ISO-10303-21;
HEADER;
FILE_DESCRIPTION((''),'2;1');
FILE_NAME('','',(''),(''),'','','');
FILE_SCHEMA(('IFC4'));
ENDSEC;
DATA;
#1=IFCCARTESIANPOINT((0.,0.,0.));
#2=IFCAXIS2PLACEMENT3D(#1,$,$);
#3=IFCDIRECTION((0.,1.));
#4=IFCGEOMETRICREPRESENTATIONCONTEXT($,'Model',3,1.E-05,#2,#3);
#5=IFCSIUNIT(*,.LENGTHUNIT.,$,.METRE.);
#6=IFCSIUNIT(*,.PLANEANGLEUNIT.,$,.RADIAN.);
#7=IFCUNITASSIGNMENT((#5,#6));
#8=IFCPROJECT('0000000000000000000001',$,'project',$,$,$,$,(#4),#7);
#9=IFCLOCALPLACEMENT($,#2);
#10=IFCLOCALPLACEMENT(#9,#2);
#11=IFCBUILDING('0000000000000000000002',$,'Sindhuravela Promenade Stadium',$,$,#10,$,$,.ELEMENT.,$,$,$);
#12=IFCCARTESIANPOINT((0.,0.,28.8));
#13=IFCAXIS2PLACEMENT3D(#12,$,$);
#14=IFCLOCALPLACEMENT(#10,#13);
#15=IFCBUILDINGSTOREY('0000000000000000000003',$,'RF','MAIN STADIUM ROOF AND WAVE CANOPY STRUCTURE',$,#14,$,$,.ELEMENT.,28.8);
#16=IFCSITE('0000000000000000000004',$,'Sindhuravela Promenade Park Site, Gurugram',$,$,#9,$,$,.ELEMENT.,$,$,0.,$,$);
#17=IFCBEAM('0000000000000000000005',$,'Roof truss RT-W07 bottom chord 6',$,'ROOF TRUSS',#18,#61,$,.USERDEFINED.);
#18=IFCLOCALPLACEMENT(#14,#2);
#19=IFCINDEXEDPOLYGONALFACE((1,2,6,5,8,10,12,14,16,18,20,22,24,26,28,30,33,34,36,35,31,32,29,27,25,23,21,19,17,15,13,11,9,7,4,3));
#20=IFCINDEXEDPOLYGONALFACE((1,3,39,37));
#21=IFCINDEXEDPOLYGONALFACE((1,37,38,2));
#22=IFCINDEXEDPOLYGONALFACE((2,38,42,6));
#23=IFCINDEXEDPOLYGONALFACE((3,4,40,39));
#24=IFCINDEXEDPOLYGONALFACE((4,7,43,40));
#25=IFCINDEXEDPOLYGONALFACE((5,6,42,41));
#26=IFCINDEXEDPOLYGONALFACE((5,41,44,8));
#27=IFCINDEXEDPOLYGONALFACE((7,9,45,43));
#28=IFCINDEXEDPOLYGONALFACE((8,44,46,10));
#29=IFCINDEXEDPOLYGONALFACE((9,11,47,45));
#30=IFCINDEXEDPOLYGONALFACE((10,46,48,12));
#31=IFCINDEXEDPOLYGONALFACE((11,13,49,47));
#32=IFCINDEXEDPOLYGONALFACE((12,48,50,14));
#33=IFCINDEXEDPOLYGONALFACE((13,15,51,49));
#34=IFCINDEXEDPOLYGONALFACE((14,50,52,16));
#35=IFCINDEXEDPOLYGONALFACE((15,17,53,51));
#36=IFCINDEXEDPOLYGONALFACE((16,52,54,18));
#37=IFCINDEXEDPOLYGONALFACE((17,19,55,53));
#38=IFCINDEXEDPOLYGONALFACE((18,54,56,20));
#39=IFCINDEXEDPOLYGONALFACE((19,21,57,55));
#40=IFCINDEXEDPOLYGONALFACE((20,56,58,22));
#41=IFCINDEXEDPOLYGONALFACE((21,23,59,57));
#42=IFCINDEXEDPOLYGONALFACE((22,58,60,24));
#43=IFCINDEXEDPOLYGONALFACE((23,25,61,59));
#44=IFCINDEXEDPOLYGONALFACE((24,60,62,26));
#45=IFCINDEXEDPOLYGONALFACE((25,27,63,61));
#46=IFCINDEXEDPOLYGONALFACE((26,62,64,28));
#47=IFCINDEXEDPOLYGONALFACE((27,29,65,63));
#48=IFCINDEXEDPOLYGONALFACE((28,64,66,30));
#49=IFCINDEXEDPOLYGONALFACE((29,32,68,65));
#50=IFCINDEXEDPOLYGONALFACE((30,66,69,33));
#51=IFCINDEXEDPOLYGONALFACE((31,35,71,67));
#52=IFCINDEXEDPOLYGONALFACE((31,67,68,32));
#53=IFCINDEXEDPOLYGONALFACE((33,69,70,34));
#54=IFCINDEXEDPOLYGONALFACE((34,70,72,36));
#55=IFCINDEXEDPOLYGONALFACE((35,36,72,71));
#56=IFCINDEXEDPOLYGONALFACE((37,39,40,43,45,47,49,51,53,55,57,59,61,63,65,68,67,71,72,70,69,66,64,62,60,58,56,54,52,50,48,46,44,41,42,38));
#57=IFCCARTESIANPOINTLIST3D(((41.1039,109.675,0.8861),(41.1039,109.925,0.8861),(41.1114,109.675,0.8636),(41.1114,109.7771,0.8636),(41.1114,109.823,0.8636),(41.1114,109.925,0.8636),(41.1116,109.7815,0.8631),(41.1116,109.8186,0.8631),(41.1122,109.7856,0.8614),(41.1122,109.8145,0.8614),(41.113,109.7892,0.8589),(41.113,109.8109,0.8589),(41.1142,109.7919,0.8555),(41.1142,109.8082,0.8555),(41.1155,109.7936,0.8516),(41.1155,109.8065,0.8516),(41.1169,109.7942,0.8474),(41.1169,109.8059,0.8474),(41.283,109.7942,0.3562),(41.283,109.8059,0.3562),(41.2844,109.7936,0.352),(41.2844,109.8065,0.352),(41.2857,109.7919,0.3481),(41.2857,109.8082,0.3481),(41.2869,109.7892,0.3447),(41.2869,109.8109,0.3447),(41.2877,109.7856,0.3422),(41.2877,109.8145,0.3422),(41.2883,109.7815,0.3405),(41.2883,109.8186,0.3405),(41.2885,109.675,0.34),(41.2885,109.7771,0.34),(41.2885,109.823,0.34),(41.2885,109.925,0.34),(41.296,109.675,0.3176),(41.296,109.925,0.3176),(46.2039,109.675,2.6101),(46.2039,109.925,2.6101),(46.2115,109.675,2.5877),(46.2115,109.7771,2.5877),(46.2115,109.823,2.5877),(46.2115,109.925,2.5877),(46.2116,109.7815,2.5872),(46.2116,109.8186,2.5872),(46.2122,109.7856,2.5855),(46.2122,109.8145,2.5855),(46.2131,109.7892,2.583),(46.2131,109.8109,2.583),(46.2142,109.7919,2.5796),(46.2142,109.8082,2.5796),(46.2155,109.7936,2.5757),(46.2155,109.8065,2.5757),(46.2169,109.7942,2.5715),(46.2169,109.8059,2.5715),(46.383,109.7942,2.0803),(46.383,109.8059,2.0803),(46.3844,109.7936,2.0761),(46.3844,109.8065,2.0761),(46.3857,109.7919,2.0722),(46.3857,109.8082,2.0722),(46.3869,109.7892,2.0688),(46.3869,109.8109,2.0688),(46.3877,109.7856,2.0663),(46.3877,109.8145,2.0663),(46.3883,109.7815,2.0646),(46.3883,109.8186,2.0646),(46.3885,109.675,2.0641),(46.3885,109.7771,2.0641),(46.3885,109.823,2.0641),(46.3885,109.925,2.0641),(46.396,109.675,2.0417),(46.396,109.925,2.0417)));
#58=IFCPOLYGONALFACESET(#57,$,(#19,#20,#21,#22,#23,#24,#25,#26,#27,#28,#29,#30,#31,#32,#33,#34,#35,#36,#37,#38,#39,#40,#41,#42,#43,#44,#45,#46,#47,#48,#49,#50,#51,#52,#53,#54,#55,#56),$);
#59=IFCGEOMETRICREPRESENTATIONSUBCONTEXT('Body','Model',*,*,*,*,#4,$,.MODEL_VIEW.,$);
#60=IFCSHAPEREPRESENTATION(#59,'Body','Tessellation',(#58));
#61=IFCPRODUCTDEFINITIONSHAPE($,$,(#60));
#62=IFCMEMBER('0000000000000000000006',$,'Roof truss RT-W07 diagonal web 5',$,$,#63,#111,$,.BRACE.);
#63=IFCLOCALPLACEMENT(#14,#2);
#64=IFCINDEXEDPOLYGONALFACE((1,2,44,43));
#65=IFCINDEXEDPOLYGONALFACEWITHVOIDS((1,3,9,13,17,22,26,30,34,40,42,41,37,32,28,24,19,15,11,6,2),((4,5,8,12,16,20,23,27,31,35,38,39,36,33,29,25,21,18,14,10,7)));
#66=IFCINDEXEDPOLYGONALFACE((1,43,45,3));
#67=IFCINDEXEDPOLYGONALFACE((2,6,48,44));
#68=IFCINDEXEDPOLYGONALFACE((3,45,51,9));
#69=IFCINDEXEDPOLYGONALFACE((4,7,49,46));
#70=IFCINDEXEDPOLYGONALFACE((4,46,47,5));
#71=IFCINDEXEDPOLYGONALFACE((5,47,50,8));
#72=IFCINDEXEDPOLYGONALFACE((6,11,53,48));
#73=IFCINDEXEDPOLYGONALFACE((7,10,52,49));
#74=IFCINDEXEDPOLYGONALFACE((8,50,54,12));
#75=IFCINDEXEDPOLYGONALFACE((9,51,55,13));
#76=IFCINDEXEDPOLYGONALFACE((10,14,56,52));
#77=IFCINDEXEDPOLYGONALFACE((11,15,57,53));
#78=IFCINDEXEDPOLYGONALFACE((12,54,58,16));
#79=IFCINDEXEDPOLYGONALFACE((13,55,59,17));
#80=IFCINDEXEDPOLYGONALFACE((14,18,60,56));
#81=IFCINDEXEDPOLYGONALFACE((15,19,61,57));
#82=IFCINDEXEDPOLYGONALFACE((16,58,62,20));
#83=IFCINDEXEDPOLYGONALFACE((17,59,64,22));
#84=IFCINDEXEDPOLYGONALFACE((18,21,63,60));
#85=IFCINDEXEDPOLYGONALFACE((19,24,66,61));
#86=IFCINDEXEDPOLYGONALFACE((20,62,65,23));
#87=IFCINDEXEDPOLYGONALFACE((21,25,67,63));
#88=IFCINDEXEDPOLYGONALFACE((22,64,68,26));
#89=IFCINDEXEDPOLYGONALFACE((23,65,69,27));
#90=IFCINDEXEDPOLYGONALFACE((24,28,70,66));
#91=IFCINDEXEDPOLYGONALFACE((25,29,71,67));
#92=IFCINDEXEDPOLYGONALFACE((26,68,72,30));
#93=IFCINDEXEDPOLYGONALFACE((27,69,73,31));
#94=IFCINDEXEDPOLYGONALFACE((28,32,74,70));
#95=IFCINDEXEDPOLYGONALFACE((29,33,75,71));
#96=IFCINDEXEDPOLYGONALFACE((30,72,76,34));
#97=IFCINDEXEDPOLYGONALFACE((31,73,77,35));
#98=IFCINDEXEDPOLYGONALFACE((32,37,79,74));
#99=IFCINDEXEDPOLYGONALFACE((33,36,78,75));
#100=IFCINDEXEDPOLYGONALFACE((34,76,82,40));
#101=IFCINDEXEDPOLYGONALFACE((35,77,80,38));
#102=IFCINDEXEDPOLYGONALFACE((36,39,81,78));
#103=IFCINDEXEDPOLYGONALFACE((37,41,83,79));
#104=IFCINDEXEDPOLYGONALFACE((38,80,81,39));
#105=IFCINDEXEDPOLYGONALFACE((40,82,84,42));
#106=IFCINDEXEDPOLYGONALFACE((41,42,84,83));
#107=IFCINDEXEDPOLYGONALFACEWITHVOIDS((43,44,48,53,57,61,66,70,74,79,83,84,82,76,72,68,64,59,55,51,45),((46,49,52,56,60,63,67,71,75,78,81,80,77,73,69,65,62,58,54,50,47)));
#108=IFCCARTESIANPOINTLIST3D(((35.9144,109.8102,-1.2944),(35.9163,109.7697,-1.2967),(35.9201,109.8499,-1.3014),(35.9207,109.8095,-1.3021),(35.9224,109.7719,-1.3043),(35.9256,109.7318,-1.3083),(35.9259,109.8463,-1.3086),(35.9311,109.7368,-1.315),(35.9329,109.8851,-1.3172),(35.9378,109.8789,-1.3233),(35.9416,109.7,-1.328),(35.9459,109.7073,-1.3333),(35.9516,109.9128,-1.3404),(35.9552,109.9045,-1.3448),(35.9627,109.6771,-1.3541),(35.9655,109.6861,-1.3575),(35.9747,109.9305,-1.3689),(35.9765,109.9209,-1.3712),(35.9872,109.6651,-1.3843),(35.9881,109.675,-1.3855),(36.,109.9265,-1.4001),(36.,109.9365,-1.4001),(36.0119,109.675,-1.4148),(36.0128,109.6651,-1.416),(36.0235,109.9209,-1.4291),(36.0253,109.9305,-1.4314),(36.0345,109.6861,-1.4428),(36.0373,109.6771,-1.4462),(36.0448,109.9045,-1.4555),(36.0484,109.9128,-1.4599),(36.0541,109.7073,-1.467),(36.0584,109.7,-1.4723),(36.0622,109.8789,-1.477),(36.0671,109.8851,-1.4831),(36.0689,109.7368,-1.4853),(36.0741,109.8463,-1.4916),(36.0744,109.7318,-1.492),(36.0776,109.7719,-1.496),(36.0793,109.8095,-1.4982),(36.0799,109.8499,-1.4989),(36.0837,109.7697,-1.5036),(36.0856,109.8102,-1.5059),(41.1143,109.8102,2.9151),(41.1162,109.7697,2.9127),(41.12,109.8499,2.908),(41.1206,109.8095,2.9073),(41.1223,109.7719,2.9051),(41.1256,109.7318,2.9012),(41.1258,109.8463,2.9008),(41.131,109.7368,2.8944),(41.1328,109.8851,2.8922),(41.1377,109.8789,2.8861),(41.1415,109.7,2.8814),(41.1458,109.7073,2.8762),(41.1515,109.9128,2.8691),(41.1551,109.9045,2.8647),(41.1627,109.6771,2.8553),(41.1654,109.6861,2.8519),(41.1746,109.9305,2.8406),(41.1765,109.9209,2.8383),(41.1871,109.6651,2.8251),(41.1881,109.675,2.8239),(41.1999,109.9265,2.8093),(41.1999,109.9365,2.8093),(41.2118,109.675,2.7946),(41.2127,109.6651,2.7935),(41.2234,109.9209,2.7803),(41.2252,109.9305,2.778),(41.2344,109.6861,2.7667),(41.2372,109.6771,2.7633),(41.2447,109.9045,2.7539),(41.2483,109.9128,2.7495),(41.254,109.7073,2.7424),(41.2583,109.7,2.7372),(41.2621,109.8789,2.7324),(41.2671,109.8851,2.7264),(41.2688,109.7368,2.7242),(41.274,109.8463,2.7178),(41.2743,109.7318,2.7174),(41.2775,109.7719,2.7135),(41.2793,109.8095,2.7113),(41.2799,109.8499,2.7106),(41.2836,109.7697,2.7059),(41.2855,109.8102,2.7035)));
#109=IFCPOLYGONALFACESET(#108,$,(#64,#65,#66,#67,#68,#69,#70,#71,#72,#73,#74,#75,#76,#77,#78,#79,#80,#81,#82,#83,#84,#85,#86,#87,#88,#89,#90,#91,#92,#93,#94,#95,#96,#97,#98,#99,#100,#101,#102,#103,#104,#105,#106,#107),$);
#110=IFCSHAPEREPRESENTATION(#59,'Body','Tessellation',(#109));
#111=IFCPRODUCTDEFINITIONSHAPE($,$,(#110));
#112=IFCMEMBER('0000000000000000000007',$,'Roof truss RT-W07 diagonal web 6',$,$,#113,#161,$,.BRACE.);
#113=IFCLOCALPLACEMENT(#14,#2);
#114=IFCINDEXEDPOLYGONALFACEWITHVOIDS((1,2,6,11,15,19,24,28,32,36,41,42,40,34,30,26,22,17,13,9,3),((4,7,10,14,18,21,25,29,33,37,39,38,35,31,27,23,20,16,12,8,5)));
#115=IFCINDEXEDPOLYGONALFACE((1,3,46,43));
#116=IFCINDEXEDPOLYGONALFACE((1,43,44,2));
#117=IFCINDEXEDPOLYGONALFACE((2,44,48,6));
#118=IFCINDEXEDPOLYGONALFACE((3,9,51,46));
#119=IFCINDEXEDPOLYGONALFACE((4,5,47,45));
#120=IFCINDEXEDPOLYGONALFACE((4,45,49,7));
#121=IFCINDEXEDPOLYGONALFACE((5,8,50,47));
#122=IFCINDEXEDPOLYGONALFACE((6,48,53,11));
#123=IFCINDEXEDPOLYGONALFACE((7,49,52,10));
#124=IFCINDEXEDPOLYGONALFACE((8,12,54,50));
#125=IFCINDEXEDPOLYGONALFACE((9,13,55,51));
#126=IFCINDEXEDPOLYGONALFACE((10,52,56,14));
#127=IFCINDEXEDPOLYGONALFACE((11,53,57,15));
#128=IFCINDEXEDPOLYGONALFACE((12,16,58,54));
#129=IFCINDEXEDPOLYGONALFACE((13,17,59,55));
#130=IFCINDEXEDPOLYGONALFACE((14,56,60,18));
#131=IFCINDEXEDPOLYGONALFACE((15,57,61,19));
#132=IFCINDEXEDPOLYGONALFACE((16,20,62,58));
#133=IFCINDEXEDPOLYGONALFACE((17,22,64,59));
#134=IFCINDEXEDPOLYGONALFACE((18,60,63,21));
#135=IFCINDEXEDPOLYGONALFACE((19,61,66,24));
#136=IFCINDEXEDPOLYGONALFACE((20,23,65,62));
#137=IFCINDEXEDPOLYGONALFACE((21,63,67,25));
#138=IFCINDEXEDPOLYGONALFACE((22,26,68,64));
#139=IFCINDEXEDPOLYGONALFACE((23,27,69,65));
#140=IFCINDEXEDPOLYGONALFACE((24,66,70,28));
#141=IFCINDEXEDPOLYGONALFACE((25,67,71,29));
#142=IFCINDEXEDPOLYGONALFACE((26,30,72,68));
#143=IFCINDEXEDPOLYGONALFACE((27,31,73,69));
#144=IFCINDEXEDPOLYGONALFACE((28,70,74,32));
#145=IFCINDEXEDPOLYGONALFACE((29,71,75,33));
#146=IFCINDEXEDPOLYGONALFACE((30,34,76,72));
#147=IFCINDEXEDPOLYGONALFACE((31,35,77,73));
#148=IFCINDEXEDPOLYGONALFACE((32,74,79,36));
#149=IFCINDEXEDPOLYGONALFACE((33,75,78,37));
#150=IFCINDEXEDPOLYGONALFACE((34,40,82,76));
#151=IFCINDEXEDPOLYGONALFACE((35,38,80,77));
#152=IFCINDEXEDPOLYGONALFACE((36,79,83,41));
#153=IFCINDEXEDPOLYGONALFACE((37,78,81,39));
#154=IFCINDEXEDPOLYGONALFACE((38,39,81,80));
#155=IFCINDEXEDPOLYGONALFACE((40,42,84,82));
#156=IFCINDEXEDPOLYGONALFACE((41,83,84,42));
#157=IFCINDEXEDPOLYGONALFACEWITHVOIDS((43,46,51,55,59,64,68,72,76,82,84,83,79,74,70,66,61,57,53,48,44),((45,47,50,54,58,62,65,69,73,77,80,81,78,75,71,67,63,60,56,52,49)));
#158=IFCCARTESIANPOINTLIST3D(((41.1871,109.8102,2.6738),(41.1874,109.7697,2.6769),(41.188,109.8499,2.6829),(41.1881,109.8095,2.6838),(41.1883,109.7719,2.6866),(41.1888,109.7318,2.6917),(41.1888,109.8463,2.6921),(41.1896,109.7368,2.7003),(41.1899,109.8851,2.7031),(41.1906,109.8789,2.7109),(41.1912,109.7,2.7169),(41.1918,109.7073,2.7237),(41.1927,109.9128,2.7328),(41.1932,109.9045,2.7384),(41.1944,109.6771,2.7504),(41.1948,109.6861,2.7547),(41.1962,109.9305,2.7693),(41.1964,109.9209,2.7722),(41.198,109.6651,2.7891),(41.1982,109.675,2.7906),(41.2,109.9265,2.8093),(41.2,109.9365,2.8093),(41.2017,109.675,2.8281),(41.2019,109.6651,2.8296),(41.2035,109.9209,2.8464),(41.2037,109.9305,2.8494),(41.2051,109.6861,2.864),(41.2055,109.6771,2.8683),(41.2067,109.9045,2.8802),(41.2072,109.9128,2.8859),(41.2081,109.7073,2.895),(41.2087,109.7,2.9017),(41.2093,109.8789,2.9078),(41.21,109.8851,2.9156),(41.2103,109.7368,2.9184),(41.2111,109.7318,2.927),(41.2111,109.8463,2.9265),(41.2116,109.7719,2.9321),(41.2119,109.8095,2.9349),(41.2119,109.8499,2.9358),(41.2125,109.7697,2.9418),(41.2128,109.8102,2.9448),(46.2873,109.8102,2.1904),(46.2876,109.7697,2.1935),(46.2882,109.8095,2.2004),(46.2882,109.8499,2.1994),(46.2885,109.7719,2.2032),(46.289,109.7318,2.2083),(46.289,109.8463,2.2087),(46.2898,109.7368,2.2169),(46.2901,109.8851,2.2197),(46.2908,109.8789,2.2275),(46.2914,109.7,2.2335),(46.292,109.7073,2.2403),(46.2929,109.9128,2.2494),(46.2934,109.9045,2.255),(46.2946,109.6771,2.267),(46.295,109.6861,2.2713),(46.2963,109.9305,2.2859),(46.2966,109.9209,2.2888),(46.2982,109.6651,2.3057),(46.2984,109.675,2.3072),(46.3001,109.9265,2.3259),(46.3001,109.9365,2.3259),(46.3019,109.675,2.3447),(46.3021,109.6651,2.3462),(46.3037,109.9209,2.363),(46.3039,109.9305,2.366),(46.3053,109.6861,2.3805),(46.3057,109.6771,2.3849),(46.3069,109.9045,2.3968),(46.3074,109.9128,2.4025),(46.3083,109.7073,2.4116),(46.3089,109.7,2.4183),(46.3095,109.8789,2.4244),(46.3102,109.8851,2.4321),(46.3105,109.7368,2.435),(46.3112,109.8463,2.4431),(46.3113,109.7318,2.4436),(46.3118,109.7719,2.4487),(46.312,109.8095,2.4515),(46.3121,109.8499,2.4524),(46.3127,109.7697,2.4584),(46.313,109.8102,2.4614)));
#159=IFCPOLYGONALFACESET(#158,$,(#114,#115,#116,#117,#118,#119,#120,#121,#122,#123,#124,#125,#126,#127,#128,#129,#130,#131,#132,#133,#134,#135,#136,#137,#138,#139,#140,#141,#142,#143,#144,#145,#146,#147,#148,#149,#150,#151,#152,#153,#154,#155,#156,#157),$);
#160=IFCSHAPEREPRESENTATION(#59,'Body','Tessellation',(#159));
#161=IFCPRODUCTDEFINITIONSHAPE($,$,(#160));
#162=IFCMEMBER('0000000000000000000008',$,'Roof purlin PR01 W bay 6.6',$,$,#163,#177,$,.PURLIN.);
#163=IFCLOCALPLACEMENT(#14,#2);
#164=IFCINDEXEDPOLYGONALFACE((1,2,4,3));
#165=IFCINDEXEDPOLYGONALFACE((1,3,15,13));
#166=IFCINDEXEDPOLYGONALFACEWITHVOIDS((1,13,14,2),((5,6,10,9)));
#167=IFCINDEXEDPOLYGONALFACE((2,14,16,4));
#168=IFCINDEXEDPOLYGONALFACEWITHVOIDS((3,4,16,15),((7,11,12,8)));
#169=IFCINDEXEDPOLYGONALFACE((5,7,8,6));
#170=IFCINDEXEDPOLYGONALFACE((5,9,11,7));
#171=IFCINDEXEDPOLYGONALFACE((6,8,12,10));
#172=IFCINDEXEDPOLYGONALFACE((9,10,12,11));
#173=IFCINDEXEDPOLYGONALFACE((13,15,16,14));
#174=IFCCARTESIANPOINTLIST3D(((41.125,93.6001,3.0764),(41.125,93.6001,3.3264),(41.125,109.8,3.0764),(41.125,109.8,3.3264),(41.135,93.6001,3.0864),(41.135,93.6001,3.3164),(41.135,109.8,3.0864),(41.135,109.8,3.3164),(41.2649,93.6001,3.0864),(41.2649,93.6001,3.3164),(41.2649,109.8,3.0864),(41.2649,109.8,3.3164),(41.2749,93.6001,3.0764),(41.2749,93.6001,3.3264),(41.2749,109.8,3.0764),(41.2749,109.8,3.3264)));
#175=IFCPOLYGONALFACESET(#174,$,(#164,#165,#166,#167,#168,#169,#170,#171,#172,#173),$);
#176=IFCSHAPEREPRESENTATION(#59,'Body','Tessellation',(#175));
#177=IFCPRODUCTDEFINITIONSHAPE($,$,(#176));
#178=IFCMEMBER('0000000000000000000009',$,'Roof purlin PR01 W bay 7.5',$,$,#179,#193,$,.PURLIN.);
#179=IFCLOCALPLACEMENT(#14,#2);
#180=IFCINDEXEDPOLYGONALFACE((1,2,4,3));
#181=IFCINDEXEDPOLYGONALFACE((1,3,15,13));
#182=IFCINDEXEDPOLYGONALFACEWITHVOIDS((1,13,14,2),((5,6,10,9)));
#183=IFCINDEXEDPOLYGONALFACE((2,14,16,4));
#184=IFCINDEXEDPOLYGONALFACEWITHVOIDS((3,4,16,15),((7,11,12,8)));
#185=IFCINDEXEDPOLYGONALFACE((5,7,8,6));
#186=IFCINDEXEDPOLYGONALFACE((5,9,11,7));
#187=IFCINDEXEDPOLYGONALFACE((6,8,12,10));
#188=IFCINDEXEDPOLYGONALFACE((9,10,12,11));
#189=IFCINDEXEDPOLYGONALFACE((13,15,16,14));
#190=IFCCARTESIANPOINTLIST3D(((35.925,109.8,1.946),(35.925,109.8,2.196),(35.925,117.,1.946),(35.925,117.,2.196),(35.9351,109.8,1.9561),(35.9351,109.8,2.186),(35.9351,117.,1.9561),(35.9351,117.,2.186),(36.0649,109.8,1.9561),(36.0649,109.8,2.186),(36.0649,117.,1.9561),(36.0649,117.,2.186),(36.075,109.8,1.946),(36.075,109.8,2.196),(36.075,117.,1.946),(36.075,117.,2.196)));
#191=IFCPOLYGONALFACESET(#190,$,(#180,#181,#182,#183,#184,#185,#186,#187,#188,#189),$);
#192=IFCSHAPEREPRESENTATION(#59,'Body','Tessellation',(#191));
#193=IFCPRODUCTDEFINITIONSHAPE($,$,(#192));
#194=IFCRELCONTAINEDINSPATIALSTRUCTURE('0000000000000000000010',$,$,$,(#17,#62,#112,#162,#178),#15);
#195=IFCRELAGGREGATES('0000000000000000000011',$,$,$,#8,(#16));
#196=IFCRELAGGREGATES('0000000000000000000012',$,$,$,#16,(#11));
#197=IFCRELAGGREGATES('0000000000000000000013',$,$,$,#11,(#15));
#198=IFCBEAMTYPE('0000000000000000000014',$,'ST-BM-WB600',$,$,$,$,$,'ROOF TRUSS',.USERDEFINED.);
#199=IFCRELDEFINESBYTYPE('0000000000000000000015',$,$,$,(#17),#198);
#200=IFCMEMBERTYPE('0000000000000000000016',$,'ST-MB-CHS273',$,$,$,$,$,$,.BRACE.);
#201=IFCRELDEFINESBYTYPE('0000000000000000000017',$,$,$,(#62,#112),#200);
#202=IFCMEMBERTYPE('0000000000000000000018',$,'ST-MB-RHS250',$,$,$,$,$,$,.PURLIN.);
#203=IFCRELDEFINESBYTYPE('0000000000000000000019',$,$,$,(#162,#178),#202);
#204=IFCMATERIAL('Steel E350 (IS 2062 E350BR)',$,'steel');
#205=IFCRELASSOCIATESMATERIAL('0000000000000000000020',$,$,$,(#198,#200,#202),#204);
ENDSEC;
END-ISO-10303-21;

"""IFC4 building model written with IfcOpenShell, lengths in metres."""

from ifc_helpers import new_model, si_unit, direction, frame, origin, origin_2d, place, context, subcontext, project, spatial, hollow_rectangle, hollow_circle, i_section, extrude, material, material_profile, profile_set, type_object, element, save


model = new_model("IFC4")

# Units and contexts
model_context = context("Model", 3, precision=1e-05, world=origin(), true_north=direction((0.0, 1.0)))
body_context = subcontext(model_context, "Body", "Model", "MODEL_VIEW")
ifc_project = project(units=[si_unit("LENGTHUNIT", "METRE"), si_unit("PLANEANGLEUNIT", "RADIAN")], contexts=[model_context])

# Site, building, storey
site_placement = place(None, origin())
site = spatial("IfcSite", under=ifc_project, at=site_placement, Name="Sindhuravela Promenade Park Site, Gurugram", CompositionType="ELEMENT", RefElevation=0.0)
building_placement = place(site_placement, origin())
building = spatial("IfcBuilding", under=site, at=building_placement, Name="Sindhuravela Promenade Stadium", CompositionType="ELEMENT")
storey_placement = place(building_placement, frame((0.0, 0.0, 28.8)))
storey = spatial("IfcBuildingStorey", under=building, at=storey_placement, Name="RF", Description="MAIN STADIUM ROOF AND WAVE CANOPY STRUCTURE", CompositionType="ELEMENT", Elevation=28.8)

# Beam
ifc_material_1 = material(Name="Steel E350 (IS 2062 E350BR)", Category="steel")
ifc_material_profile_1 = material_profile(ifc_material_1, i_section(OverallWidth=0.25, OverallDepth=0.6001, WebThickness=0.0117, FlangeThickness=0.0237, FilletRadius=0.0171, at=origin_2d()), Name="ISWB 600")
ifc_profile_set_1 = profile_set([ifc_material_profile_1], Name="Steel E350 (IS 2062 E350BR)")
beam_type_1 = type_object("IfcBeamType", Name="ST-BM-WB600", ElementType="ROOF TRUSS", PredefinedType="USERDEFINED", material=ifc_profile_set_1)
beam_1_placement = place(storey_placement, frame((41.2, 109.8, 0.6018), z_axis=(0.947332, 0.0, 0.320252), x_axis=(0.0, 1.0, 0.0)))
element("IfcBeam", 1, at=beam_1_placement, inside=storey, type_object=beam_type_1, Name="Roof truss RT-W07 bottom chord 6", ObjectType="ROOF TRUSS", PredefinedType="USERDEFINED", context=body_context, shape_type="SweptSolid", body=[
    extrude(i_section(OverallWidth=0.25, OverallDepth=0.6001, WebThickness=0.0117, FlangeThickness=0.0237, FilletRadius=0.0171, at=origin_2d()), origin(), (0.0, 0.0, 1.0), 5.3835),
])

# Members
ifc_material_profile_2 = material_profile(ifc_material_1, hollow_circle(Radius=0.1365, WallThickness=0.01, at=origin_2d()), Name="CHS 273.0x10")
ifc_profile_set_2 = profile_set([ifc_material_profile_2], Name="Steel E350 (IS 2062 E350BR)")
member_type_1 = type_object("IfcMemberType", Name="ST-MB-CHS273", PredefinedType="BRACE", material=ifc_profile_set_2)
member_1_placement = place(storey_placement, frame((36.0, 109.8, -1.4001), z_axis=(0.777246, 0.0, 0.629197), x_axis=(0.0, 1.0, 0.0)))
element("IfcMember", 2, at=member_1_placement, inside=storey, type_object=member_type_1, Name="Roof truss RT-W07 diagonal web 5", PredefinedType="BRACE", context=body_context, shape_type="SweptSolid", body=[
    extrude(hollow_circle(Radius=0.1365, WallThickness=0.01, at=origin_2d()), origin(), (0.0, 0.0, 1.0), 6.6902),
])
member_2_placement = place(storey_placement, frame((41.2, 109.8, 2.8093), z_axis=(0.995538, 0.0, -0.094359), x_axis=(0.0, 1.0, 0.0)))
element("IfcMember", 3, at=member_2_placement, inside=storey, type_object=member_type_1, Name="Roof truss RT-W07 diagonal web 6", PredefinedType="BRACE", context=body_context, shape_type="SweptSolid", body=[
    extrude(hollow_circle(Radius=0.1365, WallThickness=0.01, at=origin_2d()), origin(), (0.0, 0.0, 1.0), 5.123),
])
ifc_material_profile_3 = material_profile(ifc_material_1, hollow_rectangle(XDim=0.1499, YDim=0.25, WallThickness=0.01, at=origin_2d()), Name="RHS 250x150x10")
ifc_profile_set_3 = profile_set([ifc_material_profile_3], Name="Steel E350 (IS 2062 E350BR)")
member_type_2 = type_object("IfcMemberType", Name="ST-MB-RHS250", PredefinedType="PURLIN", material=ifc_profile_set_3)
member_3_placement = place(storey_placement, frame((41.2, 93.6001, 3.2014), z_axis=(0.0, 1.0, 0.0), x_axis=(-1.0, 0.0, 0.0)))
element("IfcMember", 4, at=member_3_placement, inside=storey, type_object=member_type_2, Name="Roof purlin PR01 W bay 6.6", PredefinedType="PURLIN", context=body_context, shape_type="SweptSolid", body=[
    extrude(hollow_rectangle(XDim=0.1499, YDim=0.25, WallThickness=0.01, at=origin_2d()), origin(), (0.0, 0.0, 1.0), 16.2),
])
for number, where, z_axis, x_axis, name in (
    (5, (36.0, 109.8, 2.071), (0.0, 1.0, 0.0), (-1.0, 0.0, 0.0), "Roof purlin PR01 W bay 7.5"),
):
    element("IfcMember", number, at=place(storey_placement, frame(where, z_axis=z_axis, x_axis=x_axis)), inside=storey, type_object=member_type_2, Name=name, PredefinedType="PURLIN", context=body_context, shape_type="SweptSolid", body=[
        extrude(hollow_rectangle(XDim=0.1499, YDim=0.25, WallThickness=0.01, at=origin_2d()), origin(), (0.0, 0.0, 1.0), 7.2),
    ])

save(model, "model.ifc")
